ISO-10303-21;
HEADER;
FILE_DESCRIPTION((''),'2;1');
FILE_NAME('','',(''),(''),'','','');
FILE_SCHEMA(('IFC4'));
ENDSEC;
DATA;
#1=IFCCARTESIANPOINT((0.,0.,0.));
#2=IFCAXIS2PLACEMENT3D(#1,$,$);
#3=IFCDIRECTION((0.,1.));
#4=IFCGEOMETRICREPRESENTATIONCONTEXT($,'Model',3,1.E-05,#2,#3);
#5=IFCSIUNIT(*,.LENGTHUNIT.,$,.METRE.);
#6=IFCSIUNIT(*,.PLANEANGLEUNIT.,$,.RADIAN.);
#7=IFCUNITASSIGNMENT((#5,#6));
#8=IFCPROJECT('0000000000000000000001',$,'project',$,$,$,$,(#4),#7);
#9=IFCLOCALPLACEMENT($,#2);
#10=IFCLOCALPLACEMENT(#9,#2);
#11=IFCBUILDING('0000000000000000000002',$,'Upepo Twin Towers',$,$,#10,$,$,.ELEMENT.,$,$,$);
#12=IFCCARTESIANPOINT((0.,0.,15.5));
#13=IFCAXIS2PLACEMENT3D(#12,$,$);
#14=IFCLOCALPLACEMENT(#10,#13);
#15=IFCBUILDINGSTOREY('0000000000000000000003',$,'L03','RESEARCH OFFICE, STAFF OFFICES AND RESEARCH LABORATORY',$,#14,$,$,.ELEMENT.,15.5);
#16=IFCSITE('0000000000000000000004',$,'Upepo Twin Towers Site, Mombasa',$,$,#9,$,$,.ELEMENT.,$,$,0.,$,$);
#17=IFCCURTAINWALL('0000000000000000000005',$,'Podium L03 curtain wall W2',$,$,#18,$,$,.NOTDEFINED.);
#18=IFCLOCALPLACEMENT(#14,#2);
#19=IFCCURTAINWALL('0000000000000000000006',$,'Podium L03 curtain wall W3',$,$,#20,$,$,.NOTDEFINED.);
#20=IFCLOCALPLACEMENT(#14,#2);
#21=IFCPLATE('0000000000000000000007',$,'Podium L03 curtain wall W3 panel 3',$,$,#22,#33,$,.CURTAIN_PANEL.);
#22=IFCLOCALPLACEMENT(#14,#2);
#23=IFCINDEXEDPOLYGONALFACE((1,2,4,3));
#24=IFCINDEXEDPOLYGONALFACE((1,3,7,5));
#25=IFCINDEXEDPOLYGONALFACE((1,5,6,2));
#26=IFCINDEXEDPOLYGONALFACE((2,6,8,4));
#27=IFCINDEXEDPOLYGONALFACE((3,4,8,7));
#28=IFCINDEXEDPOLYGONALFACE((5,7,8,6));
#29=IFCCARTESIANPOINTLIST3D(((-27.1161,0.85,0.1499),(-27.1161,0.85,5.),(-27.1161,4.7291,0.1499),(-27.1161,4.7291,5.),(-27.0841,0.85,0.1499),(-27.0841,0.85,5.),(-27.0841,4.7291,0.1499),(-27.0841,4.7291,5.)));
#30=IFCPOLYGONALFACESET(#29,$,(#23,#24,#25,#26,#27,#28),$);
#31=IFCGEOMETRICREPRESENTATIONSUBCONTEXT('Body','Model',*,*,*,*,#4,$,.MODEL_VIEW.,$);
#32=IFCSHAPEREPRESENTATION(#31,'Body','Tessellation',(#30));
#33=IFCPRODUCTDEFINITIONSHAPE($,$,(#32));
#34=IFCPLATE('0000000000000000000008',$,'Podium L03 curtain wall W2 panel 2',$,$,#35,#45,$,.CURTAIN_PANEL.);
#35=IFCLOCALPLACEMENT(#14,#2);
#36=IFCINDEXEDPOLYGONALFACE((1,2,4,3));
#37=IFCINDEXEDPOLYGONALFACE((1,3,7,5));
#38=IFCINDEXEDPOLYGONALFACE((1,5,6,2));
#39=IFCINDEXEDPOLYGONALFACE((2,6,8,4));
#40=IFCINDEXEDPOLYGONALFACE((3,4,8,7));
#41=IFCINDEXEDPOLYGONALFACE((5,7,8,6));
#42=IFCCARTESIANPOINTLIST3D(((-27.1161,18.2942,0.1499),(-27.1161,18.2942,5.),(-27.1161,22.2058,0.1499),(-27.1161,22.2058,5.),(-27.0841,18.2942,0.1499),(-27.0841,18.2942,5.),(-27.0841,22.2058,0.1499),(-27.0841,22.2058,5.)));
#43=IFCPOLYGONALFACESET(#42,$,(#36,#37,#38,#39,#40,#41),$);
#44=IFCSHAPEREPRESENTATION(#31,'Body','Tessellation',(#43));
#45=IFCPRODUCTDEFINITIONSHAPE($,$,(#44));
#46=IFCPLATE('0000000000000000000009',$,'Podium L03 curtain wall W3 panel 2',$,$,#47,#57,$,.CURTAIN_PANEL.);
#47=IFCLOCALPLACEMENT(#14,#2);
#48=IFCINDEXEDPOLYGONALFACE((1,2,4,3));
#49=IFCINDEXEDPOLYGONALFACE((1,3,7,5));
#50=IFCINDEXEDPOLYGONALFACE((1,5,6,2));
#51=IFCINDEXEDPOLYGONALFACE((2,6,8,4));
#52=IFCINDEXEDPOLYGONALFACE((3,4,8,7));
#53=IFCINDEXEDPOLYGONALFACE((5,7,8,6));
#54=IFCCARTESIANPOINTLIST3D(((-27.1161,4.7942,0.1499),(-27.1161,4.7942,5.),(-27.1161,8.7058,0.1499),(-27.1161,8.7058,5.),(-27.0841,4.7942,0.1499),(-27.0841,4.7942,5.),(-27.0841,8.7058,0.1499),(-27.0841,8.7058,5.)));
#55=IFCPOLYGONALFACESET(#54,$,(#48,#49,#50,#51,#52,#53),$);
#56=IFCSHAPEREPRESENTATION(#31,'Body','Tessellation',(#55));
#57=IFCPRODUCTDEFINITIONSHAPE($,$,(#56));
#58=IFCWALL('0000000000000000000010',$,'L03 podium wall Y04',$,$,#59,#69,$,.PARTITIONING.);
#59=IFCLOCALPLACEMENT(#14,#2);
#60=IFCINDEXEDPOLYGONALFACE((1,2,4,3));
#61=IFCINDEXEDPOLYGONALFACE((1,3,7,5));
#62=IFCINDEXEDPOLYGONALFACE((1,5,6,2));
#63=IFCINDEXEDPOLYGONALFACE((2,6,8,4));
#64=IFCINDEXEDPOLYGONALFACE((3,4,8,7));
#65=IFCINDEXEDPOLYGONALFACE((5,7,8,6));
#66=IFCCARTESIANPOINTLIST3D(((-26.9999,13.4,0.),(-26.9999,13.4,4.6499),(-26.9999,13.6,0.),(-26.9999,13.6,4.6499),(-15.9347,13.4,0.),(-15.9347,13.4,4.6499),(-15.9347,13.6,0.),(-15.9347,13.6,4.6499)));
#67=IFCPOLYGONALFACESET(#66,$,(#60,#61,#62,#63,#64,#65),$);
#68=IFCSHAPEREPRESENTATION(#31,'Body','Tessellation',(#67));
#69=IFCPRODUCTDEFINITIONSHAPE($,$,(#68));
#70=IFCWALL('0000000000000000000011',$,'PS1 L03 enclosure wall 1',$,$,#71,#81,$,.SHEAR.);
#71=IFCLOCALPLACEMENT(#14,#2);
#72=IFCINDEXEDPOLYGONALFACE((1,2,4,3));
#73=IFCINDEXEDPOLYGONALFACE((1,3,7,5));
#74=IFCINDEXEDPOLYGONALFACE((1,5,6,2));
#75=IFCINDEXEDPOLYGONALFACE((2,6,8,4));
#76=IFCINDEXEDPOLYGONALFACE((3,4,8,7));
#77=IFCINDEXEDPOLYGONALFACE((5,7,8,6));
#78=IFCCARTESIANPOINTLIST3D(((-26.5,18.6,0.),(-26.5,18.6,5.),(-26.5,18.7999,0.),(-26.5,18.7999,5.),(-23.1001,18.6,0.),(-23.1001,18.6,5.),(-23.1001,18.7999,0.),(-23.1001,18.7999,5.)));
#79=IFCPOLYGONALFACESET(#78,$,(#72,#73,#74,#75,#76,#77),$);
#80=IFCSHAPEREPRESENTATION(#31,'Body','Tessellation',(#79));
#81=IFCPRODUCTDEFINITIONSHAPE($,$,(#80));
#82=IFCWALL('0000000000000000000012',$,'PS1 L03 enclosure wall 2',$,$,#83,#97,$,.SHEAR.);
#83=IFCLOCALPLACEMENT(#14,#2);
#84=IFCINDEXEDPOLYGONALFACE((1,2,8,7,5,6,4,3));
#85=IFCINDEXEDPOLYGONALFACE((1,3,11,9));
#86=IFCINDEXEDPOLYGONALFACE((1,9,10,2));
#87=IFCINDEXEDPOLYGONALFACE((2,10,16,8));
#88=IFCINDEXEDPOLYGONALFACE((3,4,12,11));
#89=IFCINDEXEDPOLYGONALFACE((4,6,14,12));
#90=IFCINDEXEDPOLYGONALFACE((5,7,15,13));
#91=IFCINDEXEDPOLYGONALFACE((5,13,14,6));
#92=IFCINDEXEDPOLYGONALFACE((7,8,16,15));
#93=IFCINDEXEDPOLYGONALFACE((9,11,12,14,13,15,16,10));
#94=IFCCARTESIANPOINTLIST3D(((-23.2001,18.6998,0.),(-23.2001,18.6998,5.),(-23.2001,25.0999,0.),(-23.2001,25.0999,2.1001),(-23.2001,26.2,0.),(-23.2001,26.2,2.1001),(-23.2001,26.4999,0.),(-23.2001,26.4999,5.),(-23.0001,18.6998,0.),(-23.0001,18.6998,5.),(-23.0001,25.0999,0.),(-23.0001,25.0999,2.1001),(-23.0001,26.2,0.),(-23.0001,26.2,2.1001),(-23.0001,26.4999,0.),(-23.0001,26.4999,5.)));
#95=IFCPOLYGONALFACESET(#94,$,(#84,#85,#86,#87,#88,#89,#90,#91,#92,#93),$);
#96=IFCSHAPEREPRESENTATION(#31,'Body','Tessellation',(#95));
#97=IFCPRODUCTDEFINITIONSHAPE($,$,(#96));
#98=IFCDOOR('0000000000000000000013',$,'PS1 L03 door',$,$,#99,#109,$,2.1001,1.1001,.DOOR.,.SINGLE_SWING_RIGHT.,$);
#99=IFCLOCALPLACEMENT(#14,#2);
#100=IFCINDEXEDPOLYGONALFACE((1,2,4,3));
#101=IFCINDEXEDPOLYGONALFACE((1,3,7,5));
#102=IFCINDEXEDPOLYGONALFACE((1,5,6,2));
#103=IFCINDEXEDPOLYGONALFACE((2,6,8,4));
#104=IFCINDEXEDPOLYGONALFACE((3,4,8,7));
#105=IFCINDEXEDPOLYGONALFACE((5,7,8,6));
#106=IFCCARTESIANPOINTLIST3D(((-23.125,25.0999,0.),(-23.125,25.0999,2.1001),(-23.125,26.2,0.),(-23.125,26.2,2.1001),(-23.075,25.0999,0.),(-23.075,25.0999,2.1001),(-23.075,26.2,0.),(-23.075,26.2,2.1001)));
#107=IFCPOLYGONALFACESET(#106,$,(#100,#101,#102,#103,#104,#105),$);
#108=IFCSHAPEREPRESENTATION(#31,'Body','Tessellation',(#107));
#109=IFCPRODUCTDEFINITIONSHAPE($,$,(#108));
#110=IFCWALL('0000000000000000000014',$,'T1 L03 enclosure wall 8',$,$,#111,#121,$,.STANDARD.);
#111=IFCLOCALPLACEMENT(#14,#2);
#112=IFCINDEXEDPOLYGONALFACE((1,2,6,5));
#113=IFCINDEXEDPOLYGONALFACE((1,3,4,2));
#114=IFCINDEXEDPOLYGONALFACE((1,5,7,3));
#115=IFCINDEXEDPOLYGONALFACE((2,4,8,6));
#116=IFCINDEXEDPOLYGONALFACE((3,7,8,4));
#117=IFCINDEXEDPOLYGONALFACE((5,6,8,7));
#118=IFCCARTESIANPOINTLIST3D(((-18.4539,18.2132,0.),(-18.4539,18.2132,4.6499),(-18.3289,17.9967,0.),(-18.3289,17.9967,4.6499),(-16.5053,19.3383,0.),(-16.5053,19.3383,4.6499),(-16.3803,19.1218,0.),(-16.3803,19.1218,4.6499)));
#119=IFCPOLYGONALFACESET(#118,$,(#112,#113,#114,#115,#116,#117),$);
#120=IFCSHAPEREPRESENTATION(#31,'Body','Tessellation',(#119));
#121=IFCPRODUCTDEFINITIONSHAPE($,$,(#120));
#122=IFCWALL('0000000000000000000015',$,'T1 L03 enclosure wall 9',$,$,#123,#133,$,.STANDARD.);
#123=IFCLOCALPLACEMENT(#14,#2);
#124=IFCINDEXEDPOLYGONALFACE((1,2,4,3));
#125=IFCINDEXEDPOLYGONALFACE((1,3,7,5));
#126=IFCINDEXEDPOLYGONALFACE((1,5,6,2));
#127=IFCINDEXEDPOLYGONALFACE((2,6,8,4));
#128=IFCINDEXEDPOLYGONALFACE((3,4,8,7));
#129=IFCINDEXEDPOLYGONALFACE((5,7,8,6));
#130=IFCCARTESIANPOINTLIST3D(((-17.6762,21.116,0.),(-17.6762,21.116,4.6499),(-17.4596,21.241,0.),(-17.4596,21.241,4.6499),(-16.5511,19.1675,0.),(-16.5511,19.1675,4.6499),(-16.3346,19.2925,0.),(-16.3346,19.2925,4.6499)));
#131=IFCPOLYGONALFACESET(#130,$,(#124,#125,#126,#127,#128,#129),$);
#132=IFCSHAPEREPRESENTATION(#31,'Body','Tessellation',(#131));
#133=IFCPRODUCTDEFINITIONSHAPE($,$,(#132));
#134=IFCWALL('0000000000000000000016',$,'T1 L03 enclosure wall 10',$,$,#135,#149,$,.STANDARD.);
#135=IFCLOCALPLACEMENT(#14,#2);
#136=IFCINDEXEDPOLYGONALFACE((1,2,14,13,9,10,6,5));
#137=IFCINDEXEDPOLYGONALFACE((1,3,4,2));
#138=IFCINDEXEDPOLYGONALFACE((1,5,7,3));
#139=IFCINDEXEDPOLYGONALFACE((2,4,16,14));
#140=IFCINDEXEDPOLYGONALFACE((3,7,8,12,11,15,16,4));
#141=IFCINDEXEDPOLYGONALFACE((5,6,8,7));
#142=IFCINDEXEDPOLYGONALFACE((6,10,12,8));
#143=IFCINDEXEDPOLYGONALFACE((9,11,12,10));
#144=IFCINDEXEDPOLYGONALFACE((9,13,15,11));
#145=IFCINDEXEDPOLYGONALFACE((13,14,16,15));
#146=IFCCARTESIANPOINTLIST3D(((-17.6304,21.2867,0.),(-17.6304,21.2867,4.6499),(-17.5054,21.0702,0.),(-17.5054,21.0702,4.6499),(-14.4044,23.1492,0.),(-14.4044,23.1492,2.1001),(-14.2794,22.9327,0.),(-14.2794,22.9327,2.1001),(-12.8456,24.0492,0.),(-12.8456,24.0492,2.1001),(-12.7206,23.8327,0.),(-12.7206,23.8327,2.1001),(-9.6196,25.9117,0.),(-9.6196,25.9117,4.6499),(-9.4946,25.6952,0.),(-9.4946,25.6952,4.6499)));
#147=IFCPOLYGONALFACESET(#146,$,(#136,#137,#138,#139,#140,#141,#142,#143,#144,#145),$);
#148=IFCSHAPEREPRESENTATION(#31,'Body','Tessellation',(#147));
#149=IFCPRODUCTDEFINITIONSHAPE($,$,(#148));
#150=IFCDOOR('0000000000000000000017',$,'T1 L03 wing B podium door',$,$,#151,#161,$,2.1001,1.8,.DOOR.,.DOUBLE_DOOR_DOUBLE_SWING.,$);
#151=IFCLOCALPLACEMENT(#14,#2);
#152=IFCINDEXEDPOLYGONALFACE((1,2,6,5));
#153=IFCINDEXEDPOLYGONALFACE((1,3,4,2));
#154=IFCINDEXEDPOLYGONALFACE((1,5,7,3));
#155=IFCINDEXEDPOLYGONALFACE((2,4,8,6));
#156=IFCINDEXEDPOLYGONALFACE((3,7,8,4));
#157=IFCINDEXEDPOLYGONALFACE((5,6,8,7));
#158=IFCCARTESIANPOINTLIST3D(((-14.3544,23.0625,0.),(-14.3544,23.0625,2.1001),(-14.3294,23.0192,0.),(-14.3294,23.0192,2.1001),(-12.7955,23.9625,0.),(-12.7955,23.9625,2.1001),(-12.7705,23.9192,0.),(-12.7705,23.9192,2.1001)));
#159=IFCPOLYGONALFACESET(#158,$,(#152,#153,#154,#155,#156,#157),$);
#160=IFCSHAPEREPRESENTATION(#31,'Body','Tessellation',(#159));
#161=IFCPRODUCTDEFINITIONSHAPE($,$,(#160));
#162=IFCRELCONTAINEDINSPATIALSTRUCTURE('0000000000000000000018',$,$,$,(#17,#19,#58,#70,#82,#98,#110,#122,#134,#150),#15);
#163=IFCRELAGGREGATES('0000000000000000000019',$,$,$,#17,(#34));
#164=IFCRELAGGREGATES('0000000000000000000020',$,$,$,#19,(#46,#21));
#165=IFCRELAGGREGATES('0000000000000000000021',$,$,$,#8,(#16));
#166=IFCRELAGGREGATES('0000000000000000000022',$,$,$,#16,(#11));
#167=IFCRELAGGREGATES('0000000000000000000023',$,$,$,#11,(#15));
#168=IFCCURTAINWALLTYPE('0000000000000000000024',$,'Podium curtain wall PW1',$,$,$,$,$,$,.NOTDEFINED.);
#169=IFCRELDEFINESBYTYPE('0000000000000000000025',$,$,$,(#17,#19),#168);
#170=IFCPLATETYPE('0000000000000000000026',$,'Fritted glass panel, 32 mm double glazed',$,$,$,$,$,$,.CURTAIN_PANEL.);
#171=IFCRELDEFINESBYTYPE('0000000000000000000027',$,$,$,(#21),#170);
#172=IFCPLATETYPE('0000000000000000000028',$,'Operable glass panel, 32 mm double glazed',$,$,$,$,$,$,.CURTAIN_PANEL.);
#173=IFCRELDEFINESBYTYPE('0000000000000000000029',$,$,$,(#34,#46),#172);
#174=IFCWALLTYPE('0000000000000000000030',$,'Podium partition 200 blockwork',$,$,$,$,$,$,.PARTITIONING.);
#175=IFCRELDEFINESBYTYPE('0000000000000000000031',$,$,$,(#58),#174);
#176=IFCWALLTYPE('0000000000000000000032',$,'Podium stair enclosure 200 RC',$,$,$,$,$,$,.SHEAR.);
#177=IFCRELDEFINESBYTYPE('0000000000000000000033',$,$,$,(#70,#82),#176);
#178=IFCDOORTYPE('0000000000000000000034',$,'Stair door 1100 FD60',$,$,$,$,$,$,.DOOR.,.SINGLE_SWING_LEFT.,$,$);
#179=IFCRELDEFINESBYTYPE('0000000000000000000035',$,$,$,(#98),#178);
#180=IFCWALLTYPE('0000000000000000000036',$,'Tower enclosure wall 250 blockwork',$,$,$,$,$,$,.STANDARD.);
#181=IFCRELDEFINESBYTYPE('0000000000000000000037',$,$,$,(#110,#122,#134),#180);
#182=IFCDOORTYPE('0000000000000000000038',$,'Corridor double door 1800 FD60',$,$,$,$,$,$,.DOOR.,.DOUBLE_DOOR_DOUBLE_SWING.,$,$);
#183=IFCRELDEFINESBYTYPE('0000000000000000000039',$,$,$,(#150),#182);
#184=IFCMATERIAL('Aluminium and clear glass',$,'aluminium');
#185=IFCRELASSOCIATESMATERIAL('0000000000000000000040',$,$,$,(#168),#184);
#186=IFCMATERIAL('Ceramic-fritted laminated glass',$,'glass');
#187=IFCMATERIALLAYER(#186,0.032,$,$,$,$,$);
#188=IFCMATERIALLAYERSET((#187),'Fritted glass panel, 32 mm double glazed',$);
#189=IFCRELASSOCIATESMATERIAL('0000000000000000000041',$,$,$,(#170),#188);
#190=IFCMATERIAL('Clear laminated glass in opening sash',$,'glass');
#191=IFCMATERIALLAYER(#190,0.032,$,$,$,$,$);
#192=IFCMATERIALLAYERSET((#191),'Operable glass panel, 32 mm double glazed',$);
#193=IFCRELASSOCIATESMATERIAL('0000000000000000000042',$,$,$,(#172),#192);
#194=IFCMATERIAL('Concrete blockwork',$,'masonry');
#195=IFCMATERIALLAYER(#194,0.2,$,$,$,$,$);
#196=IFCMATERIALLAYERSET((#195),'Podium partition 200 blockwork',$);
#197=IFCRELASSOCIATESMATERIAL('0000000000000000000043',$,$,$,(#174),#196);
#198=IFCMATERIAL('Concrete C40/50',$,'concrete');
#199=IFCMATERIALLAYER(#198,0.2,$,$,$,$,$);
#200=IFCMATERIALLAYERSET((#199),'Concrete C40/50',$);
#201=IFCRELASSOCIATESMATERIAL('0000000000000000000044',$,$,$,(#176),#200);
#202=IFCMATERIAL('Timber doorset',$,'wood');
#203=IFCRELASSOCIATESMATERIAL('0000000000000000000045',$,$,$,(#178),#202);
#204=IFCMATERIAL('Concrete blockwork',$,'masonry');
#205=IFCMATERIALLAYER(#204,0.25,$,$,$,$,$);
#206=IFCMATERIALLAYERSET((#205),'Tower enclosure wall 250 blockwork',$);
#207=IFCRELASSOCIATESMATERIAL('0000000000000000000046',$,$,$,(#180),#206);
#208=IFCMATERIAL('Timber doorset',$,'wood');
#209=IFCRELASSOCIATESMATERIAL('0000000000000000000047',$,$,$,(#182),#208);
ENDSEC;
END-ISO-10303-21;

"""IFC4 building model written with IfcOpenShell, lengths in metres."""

from ifc_helpers import new_model, si_unit, direction, frame, frame_2d, origin, origin_2d, place, context, subcontext, project, spatial, rectangle, extrude, material, layer, layer_set, type_object, element, fill, aggregate, save


model = new_model("IFC4")

# Units and contexts
model_context = context("Model", 3, precision=1e-05, world=origin(), true_north=direction((0.0, 1.0)))
body_context = subcontext(model_context, "Body", "Model", "MODEL_VIEW")
ifc_project = project(units=[si_unit("LENGTHUNIT", "METRE"), si_unit("PLANEANGLEUNIT", "RADIAN")], contexts=[model_context])

# Site, building, storey
site_placement = place(None, origin())
site = spatial("IfcSite", under=ifc_project, at=site_placement, Name="Upepo Twin Towers Site, Mombasa", CompositionType="ELEMENT", RefElevation=0.0)
building_placement = place(site_placement, origin())
building = spatial("IfcBuilding", under=site, at=building_placement, Name="Upepo Twin Towers", CompositionType="ELEMENT")
storey_placement = place(building_placement, frame((0.0, 0.0, 15.5)))
storey = spatial("IfcBuildingStorey", under=building, at=storey_placement, Name="L03", Description="RESEARCH OFFICE, STAFF OFFICES AND RESEARCH LABORATORY", CompositionType="ELEMENT", Elevation=15.5)

# Curtain walls
ifc_material_1 = material(Name="Aluminium and clear glass", Category="aluminium")
curtain_wall_type = type_object("IfcCurtainWallType", Name="Podium curtain wall PW1", PredefinedType="NOTDEFINED", material=ifc_material_1)
curtain_wall_1_placement = place(storey_placement, origin())
curtain_wall_1 = element("IfcCurtainWall", 1, at=curtain_wall_1_placement, inside=storey, type_object=curtain_wall_type, Name="Podium L03 curtain wall W2", PredefinedType="NOTDEFINED")
curtain_wall_2_placement = place(storey_placement, origin())
curtain_wall_2 = element("IfcCurtainWall", 2, at=curtain_wall_2_placement, inside=storey, type_object=curtain_wall_type, Name="Podium L03 curtain wall W3", PredefinedType="NOTDEFINED")

# Plates
ifc_material_2 = material(Name="Ceramic-fritted laminated glass", Category="glass")
ifc_layer_1 = layer(ifc_material_2, 0.032)
ifc_layer_set_1 = layer_set([ifc_layer_1], Name="Fritted glass panel, 32 mm double glazed")
plate_type_1 = type_object("IfcPlateType", Name="Fritted glass panel, 32 mm double glazed", PredefinedType="CURTAIN_PANEL", material=ifc_layer_set_1)
plate_1_placement = place(storey_placement, frame((-27.1001, 2.7896, 0.1499), z_axis=(0.0, 0.0, 1.0), x_axis=(0.0, -1.0, 0.0)))
plate_1 = element("IfcPlate", 3, at=plate_1_placement, type_object=plate_type_1, Name="Podium L03 curtain wall W3 panel 3", PredefinedType="CURTAIN_PANEL", context=body_context, shape_type="SweptSolid", body=[
    extrude(rectangle(XDim=3.8792, YDim=0.032, at=origin_2d()), origin(), (0.0, 0.0, 1.0), 4.8501),
])
ifc_material_3 = material(Name="Clear laminated glass in opening sash", Category="glass")
ifc_layer_2 = layer(ifc_material_3, 0.032)
ifc_layer_set_2 = layer_set([ifc_layer_2], Name="Operable glass panel, 32 mm double glazed")
plate_type_2 = type_object("IfcPlateType", Name="Operable glass panel, 32 mm double glazed", PredefinedType="CURTAIN_PANEL", material=ifc_layer_set_2)
plate_2_placement = place(storey_placement, frame((-27.1001, 20.25, 0.1499), z_axis=(0.0, 0.0, 1.0), x_axis=(0.0, -1.0, 0.0)))
plate_2 = element("IfcPlate", 4, at=plate_2_placement, type_object=plate_type_2, Name="Podium L03 curtain wall W2 panel 2", PredefinedType="CURTAIN_PANEL", context=body_context, shape_type="SweptSolid", body=[
    extrude(rectangle(XDim=3.9116, YDim=0.032, at=origin_2d()), origin(), (0.0, 0.0, 1.0), 4.8501),
])
aggregate(curtain_wall_1, [plate_2])
plate_3_placement = place(storey_placement, frame((-27.1001, 6.75, 0.1499), z_axis=(0.0, 0.0, 1.0), x_axis=(0.0, -1.0, 0.0)))
plate_3 = element("IfcPlate", 5, at=plate_3_placement, type_object=plate_type_2, Name="Podium L03 curtain wall W3 panel 2", PredefinedType="CURTAIN_PANEL", context=body_context, shape_type="SweptSolid", body=[
    extrude(rectangle(XDim=3.9116, YDim=0.032, at=origin_2d()), origin(), (0.0, 0.0, 1.0), 4.8501),
])
aggregate(curtain_wall_2, [plate_3, plate_1])

# Walls
ifc_material_4 = material(Name="Concrete blockwork", Category="masonry")
ifc_layer_3 = layer(ifc_material_4, 0.2)
ifc_layer_set_3 = layer_set([ifc_layer_3], Name="Podium partition 200 blockwork")
wall_type_1 = type_object("IfcWallType", Name="Podium partition 200 blockwork", PredefinedType="PARTITIONING", material=ifc_layer_set_3)
wall_1_placement = place(storey_placement, frame((-27.0, 13.5, 0.0), z_axis=(0.0, 0.0, 1.0), x_axis=(1.0, 0.0, 0.0)))
element("IfcWall", 6, at=wall_1_placement, inside=storey, type_object=wall_type_1, Name="L03 podium wall Y04", PredefinedType="PARTITIONING", context=body_context, shape_type="SweptSolid", body=[
    extrude(rectangle(XDim=11.0652, YDim=0.2, at=frame_2d((5.5327, 0.0))), origin(), (0.0, 0.0, 1.0), 4.6499),
])
ifc_material_5 = material(Name="Concrete C40/50", Category="concrete")
ifc_layer_4 = layer(ifc_material_5, 0.2)
ifc_layer_set_4 = layer_set([ifc_layer_4], Name="Concrete C40/50")
wall_type_2 = type_object("IfcWallType", Name="Podium stair enclosure 200 RC", PredefinedType="SHEAR", material=ifc_layer_set_4)
wall_2_placement = place(storey_placement, frame((-26.5, 18.7, 0.0), z_axis=(0.0, 0.0, 1.0), x_axis=(1.0, 0.0, 0.0)))
element("IfcWall", 7, at=wall_2_placement, inside=storey, type_object=wall_type_2, Name="PS1 L03 enclosure wall 1", PredefinedType="SHEAR", context=body_context, shape_type="SweptSolid", body=[
    extrude(rectangle(XDim=3.3999, YDim=0.2, at=frame_2d((1.7, 0.0))), origin(), (0.0, 0.0, 1.0), 5.0),
])

# Wall, opening, door
wall_3_placement = place(storey_placement, frame((-23.1001, 18.7, 0.0), z_axis=(0.0, 0.0, 1.0), x_axis=(0.0, 1.0, 0.0)))
wall_3 = element("IfcWall", 8, at=wall_3_placement, inside=storey, type_object=wall_type_2, Name="PS1 L03 enclosure wall 2", PredefinedType="SHEAR", context=body_context, shape_type="SweptSolid", body=[
    extrude(rectangle(XDim=7.8, YDim=0.2, at=frame_2d((3.8999, 0.0))), origin(), (0.0, 0.0, 1.0), 5.0),
])
opening_1_placement = place(wall_3_placement, frame((6.3999, 0.0, 0.0)))
opening_1 = element("IfcOpeningElement", 9, at=opening_1_placement, cuts=wall_3, PredefinedType="OPENING", context=body_context, shape_type="SweptSolid", body=[
    extrude(rectangle(XDim=1.1001, YDim=2.1001, at=frame_2d((0.55, 1.05))), frame((0.0, 0.1099, 0.0), z_axis=(0.0, -1.0, 0.0), x_axis=(1.0, 0.0, 0.0)), (0.0, 0.0, 1.0), 0.22),
])
ifc_material_6 = material(Name="Timber doorset", Category="wood")
door_type_1 = type_object("IfcDoorType", Name="Stair door 1100 FD60", OperationType="SINGLE_SWING_LEFT", PredefinedType="DOOR", material=ifc_material_6)
door_1_placement = place(opening_1_placement, origin())
door_1 = element("IfcDoor", 10, at=door_1_placement, inside=storey, type_object=door_type_1, Name="PS1 L03 door", OperationType="SINGLE_SWING_RIGHT", OverallHeight=2.1001, OverallWidth=1.1001, PredefinedType="DOOR", context=body_context, shape_type="SweptSolid", body=[
    extrude(rectangle(XDim=1.1001, YDim=2.1001, at=frame_2d((0.55, 1.05))), frame((0.0, 0.0249, 0.0), z_axis=(0.0, -1.0, 0.0), x_axis=(1.0, 0.0, 0.0)), (0.0, 0.0, 1.0), 0.05),
])
fill(opening_1, door_1)

# Walls
ifc_material_7 = material(Name="Concrete blockwork", Category="masonry")
ifc_layer_5 = layer(ifc_material_7, 0.25)
ifc_layer_set_5 = layer_set([ifc_layer_5], Name="Tower enclosure wall 250 blockwork")
wall_type_3 = type_object("IfcWallType", Name="Tower enclosure wall 250 blockwork", PredefinedType="STANDARD", material=ifc_layer_set_5)
for number, where, z_axis, x_axis, name in (
    (11, (-18.3914, 18.105, 0.0), (0.0, 0.0, 1.0), (0.866018, 0.500014, 0.0), "T1 L03 enclosure wall 8"),
    (12, (-16.4429, 19.23, 0.0), (0.0, 0.0, 1.0), (-0.500014, 0.866018, 0.0), "T1 L03 enclosure wall 9"),
):
    element("IfcWall", number, at=place(storey_placement, frame(where, z_axis=z_axis, x_axis=x_axis)), inside=storey, type_object=wall_type_3, Name=name, PredefinedType="STANDARD", context=body_context, shape_type="SweptSolid", body=[
        extrude(rectangle(XDim=2.25, YDim=0.25, at=frame_2d((1.125, 0.0))), origin(), (0.0, 0.0, 1.0), 4.6499),
    ])

# Wall, opening, door
wall_4_placement = place(storey_placement, frame((-17.5679, 21.1785, 0.0), z_axis=(0.0, 0.0, 1.0), x_axis=(0.866026, 0.5, 0.0)))
wall_4 = element("IfcWall", 13, at=wall_4_placement, inside=storey, type_object=wall_type_3, Name="T1 L03 enclosure wall 10", PredefinedType="STANDARD", context=body_context, shape_type="SweptSolid", body=[
    extrude(rectangle(XDim=9.25, YDim=0.25, at=frame_2d((4.625, 0.0))), origin(), (0.0, 0.0, 1.0), 4.6499),
])
opening_2_placement = place(wall_4_placement, frame((3.7251, 0.0, 0.0)))
opening_2 = element("IfcOpeningElement", 14, at=opening_2_placement, cuts=wall_4, PredefinedType="OPENING", context=body_context, shape_type="SweptSolid", body=[
    extrude(rectangle(XDim=1.8, YDim=2.1001, at=frame_2d((0.8999, 1.05))), frame((0.0, 0.135, 0.0), z_axis=(0.0, -1.0, 0.0), x_axis=(1.0, 0.0, 0.0)), (0.0, 0.0, 1.0), 0.27),
])
ifc_material_8 = material(Name="Timber doorset", Category="wood")
door_type_2 = type_object("IfcDoorType", Name="Corridor double door 1800 FD60", OperationType="DOUBLE_DOOR_DOUBLE_SWING", PredefinedType="DOOR", material=ifc_material_8)
door_2_placement = place(opening_2_placement, origin())
door_2 = element("IfcDoor", 15, at=door_2_placement, inside=storey, type_object=door_type_2, Name="T1 L03 wing B podium door", OperationType="DOUBLE_DOOR_DOUBLE_SWING", OverallHeight=2.1001, OverallWidth=1.8, PredefinedType="DOOR", context=body_context, shape_type="SweptSolid", body=[
    extrude(rectangle(XDim=1.8, YDim=2.1001, at=frame_2d((0.8999, 1.05))), frame((0.0, 0.0249, 0.0), z_axis=(0.0, -1.0, 0.0), x_axis=(1.0, 0.0, 0.0)), (0.0, 0.0, 1.0), 0.05),
])
fill(opening_2, door_2)

save(model, "model.ifc")
